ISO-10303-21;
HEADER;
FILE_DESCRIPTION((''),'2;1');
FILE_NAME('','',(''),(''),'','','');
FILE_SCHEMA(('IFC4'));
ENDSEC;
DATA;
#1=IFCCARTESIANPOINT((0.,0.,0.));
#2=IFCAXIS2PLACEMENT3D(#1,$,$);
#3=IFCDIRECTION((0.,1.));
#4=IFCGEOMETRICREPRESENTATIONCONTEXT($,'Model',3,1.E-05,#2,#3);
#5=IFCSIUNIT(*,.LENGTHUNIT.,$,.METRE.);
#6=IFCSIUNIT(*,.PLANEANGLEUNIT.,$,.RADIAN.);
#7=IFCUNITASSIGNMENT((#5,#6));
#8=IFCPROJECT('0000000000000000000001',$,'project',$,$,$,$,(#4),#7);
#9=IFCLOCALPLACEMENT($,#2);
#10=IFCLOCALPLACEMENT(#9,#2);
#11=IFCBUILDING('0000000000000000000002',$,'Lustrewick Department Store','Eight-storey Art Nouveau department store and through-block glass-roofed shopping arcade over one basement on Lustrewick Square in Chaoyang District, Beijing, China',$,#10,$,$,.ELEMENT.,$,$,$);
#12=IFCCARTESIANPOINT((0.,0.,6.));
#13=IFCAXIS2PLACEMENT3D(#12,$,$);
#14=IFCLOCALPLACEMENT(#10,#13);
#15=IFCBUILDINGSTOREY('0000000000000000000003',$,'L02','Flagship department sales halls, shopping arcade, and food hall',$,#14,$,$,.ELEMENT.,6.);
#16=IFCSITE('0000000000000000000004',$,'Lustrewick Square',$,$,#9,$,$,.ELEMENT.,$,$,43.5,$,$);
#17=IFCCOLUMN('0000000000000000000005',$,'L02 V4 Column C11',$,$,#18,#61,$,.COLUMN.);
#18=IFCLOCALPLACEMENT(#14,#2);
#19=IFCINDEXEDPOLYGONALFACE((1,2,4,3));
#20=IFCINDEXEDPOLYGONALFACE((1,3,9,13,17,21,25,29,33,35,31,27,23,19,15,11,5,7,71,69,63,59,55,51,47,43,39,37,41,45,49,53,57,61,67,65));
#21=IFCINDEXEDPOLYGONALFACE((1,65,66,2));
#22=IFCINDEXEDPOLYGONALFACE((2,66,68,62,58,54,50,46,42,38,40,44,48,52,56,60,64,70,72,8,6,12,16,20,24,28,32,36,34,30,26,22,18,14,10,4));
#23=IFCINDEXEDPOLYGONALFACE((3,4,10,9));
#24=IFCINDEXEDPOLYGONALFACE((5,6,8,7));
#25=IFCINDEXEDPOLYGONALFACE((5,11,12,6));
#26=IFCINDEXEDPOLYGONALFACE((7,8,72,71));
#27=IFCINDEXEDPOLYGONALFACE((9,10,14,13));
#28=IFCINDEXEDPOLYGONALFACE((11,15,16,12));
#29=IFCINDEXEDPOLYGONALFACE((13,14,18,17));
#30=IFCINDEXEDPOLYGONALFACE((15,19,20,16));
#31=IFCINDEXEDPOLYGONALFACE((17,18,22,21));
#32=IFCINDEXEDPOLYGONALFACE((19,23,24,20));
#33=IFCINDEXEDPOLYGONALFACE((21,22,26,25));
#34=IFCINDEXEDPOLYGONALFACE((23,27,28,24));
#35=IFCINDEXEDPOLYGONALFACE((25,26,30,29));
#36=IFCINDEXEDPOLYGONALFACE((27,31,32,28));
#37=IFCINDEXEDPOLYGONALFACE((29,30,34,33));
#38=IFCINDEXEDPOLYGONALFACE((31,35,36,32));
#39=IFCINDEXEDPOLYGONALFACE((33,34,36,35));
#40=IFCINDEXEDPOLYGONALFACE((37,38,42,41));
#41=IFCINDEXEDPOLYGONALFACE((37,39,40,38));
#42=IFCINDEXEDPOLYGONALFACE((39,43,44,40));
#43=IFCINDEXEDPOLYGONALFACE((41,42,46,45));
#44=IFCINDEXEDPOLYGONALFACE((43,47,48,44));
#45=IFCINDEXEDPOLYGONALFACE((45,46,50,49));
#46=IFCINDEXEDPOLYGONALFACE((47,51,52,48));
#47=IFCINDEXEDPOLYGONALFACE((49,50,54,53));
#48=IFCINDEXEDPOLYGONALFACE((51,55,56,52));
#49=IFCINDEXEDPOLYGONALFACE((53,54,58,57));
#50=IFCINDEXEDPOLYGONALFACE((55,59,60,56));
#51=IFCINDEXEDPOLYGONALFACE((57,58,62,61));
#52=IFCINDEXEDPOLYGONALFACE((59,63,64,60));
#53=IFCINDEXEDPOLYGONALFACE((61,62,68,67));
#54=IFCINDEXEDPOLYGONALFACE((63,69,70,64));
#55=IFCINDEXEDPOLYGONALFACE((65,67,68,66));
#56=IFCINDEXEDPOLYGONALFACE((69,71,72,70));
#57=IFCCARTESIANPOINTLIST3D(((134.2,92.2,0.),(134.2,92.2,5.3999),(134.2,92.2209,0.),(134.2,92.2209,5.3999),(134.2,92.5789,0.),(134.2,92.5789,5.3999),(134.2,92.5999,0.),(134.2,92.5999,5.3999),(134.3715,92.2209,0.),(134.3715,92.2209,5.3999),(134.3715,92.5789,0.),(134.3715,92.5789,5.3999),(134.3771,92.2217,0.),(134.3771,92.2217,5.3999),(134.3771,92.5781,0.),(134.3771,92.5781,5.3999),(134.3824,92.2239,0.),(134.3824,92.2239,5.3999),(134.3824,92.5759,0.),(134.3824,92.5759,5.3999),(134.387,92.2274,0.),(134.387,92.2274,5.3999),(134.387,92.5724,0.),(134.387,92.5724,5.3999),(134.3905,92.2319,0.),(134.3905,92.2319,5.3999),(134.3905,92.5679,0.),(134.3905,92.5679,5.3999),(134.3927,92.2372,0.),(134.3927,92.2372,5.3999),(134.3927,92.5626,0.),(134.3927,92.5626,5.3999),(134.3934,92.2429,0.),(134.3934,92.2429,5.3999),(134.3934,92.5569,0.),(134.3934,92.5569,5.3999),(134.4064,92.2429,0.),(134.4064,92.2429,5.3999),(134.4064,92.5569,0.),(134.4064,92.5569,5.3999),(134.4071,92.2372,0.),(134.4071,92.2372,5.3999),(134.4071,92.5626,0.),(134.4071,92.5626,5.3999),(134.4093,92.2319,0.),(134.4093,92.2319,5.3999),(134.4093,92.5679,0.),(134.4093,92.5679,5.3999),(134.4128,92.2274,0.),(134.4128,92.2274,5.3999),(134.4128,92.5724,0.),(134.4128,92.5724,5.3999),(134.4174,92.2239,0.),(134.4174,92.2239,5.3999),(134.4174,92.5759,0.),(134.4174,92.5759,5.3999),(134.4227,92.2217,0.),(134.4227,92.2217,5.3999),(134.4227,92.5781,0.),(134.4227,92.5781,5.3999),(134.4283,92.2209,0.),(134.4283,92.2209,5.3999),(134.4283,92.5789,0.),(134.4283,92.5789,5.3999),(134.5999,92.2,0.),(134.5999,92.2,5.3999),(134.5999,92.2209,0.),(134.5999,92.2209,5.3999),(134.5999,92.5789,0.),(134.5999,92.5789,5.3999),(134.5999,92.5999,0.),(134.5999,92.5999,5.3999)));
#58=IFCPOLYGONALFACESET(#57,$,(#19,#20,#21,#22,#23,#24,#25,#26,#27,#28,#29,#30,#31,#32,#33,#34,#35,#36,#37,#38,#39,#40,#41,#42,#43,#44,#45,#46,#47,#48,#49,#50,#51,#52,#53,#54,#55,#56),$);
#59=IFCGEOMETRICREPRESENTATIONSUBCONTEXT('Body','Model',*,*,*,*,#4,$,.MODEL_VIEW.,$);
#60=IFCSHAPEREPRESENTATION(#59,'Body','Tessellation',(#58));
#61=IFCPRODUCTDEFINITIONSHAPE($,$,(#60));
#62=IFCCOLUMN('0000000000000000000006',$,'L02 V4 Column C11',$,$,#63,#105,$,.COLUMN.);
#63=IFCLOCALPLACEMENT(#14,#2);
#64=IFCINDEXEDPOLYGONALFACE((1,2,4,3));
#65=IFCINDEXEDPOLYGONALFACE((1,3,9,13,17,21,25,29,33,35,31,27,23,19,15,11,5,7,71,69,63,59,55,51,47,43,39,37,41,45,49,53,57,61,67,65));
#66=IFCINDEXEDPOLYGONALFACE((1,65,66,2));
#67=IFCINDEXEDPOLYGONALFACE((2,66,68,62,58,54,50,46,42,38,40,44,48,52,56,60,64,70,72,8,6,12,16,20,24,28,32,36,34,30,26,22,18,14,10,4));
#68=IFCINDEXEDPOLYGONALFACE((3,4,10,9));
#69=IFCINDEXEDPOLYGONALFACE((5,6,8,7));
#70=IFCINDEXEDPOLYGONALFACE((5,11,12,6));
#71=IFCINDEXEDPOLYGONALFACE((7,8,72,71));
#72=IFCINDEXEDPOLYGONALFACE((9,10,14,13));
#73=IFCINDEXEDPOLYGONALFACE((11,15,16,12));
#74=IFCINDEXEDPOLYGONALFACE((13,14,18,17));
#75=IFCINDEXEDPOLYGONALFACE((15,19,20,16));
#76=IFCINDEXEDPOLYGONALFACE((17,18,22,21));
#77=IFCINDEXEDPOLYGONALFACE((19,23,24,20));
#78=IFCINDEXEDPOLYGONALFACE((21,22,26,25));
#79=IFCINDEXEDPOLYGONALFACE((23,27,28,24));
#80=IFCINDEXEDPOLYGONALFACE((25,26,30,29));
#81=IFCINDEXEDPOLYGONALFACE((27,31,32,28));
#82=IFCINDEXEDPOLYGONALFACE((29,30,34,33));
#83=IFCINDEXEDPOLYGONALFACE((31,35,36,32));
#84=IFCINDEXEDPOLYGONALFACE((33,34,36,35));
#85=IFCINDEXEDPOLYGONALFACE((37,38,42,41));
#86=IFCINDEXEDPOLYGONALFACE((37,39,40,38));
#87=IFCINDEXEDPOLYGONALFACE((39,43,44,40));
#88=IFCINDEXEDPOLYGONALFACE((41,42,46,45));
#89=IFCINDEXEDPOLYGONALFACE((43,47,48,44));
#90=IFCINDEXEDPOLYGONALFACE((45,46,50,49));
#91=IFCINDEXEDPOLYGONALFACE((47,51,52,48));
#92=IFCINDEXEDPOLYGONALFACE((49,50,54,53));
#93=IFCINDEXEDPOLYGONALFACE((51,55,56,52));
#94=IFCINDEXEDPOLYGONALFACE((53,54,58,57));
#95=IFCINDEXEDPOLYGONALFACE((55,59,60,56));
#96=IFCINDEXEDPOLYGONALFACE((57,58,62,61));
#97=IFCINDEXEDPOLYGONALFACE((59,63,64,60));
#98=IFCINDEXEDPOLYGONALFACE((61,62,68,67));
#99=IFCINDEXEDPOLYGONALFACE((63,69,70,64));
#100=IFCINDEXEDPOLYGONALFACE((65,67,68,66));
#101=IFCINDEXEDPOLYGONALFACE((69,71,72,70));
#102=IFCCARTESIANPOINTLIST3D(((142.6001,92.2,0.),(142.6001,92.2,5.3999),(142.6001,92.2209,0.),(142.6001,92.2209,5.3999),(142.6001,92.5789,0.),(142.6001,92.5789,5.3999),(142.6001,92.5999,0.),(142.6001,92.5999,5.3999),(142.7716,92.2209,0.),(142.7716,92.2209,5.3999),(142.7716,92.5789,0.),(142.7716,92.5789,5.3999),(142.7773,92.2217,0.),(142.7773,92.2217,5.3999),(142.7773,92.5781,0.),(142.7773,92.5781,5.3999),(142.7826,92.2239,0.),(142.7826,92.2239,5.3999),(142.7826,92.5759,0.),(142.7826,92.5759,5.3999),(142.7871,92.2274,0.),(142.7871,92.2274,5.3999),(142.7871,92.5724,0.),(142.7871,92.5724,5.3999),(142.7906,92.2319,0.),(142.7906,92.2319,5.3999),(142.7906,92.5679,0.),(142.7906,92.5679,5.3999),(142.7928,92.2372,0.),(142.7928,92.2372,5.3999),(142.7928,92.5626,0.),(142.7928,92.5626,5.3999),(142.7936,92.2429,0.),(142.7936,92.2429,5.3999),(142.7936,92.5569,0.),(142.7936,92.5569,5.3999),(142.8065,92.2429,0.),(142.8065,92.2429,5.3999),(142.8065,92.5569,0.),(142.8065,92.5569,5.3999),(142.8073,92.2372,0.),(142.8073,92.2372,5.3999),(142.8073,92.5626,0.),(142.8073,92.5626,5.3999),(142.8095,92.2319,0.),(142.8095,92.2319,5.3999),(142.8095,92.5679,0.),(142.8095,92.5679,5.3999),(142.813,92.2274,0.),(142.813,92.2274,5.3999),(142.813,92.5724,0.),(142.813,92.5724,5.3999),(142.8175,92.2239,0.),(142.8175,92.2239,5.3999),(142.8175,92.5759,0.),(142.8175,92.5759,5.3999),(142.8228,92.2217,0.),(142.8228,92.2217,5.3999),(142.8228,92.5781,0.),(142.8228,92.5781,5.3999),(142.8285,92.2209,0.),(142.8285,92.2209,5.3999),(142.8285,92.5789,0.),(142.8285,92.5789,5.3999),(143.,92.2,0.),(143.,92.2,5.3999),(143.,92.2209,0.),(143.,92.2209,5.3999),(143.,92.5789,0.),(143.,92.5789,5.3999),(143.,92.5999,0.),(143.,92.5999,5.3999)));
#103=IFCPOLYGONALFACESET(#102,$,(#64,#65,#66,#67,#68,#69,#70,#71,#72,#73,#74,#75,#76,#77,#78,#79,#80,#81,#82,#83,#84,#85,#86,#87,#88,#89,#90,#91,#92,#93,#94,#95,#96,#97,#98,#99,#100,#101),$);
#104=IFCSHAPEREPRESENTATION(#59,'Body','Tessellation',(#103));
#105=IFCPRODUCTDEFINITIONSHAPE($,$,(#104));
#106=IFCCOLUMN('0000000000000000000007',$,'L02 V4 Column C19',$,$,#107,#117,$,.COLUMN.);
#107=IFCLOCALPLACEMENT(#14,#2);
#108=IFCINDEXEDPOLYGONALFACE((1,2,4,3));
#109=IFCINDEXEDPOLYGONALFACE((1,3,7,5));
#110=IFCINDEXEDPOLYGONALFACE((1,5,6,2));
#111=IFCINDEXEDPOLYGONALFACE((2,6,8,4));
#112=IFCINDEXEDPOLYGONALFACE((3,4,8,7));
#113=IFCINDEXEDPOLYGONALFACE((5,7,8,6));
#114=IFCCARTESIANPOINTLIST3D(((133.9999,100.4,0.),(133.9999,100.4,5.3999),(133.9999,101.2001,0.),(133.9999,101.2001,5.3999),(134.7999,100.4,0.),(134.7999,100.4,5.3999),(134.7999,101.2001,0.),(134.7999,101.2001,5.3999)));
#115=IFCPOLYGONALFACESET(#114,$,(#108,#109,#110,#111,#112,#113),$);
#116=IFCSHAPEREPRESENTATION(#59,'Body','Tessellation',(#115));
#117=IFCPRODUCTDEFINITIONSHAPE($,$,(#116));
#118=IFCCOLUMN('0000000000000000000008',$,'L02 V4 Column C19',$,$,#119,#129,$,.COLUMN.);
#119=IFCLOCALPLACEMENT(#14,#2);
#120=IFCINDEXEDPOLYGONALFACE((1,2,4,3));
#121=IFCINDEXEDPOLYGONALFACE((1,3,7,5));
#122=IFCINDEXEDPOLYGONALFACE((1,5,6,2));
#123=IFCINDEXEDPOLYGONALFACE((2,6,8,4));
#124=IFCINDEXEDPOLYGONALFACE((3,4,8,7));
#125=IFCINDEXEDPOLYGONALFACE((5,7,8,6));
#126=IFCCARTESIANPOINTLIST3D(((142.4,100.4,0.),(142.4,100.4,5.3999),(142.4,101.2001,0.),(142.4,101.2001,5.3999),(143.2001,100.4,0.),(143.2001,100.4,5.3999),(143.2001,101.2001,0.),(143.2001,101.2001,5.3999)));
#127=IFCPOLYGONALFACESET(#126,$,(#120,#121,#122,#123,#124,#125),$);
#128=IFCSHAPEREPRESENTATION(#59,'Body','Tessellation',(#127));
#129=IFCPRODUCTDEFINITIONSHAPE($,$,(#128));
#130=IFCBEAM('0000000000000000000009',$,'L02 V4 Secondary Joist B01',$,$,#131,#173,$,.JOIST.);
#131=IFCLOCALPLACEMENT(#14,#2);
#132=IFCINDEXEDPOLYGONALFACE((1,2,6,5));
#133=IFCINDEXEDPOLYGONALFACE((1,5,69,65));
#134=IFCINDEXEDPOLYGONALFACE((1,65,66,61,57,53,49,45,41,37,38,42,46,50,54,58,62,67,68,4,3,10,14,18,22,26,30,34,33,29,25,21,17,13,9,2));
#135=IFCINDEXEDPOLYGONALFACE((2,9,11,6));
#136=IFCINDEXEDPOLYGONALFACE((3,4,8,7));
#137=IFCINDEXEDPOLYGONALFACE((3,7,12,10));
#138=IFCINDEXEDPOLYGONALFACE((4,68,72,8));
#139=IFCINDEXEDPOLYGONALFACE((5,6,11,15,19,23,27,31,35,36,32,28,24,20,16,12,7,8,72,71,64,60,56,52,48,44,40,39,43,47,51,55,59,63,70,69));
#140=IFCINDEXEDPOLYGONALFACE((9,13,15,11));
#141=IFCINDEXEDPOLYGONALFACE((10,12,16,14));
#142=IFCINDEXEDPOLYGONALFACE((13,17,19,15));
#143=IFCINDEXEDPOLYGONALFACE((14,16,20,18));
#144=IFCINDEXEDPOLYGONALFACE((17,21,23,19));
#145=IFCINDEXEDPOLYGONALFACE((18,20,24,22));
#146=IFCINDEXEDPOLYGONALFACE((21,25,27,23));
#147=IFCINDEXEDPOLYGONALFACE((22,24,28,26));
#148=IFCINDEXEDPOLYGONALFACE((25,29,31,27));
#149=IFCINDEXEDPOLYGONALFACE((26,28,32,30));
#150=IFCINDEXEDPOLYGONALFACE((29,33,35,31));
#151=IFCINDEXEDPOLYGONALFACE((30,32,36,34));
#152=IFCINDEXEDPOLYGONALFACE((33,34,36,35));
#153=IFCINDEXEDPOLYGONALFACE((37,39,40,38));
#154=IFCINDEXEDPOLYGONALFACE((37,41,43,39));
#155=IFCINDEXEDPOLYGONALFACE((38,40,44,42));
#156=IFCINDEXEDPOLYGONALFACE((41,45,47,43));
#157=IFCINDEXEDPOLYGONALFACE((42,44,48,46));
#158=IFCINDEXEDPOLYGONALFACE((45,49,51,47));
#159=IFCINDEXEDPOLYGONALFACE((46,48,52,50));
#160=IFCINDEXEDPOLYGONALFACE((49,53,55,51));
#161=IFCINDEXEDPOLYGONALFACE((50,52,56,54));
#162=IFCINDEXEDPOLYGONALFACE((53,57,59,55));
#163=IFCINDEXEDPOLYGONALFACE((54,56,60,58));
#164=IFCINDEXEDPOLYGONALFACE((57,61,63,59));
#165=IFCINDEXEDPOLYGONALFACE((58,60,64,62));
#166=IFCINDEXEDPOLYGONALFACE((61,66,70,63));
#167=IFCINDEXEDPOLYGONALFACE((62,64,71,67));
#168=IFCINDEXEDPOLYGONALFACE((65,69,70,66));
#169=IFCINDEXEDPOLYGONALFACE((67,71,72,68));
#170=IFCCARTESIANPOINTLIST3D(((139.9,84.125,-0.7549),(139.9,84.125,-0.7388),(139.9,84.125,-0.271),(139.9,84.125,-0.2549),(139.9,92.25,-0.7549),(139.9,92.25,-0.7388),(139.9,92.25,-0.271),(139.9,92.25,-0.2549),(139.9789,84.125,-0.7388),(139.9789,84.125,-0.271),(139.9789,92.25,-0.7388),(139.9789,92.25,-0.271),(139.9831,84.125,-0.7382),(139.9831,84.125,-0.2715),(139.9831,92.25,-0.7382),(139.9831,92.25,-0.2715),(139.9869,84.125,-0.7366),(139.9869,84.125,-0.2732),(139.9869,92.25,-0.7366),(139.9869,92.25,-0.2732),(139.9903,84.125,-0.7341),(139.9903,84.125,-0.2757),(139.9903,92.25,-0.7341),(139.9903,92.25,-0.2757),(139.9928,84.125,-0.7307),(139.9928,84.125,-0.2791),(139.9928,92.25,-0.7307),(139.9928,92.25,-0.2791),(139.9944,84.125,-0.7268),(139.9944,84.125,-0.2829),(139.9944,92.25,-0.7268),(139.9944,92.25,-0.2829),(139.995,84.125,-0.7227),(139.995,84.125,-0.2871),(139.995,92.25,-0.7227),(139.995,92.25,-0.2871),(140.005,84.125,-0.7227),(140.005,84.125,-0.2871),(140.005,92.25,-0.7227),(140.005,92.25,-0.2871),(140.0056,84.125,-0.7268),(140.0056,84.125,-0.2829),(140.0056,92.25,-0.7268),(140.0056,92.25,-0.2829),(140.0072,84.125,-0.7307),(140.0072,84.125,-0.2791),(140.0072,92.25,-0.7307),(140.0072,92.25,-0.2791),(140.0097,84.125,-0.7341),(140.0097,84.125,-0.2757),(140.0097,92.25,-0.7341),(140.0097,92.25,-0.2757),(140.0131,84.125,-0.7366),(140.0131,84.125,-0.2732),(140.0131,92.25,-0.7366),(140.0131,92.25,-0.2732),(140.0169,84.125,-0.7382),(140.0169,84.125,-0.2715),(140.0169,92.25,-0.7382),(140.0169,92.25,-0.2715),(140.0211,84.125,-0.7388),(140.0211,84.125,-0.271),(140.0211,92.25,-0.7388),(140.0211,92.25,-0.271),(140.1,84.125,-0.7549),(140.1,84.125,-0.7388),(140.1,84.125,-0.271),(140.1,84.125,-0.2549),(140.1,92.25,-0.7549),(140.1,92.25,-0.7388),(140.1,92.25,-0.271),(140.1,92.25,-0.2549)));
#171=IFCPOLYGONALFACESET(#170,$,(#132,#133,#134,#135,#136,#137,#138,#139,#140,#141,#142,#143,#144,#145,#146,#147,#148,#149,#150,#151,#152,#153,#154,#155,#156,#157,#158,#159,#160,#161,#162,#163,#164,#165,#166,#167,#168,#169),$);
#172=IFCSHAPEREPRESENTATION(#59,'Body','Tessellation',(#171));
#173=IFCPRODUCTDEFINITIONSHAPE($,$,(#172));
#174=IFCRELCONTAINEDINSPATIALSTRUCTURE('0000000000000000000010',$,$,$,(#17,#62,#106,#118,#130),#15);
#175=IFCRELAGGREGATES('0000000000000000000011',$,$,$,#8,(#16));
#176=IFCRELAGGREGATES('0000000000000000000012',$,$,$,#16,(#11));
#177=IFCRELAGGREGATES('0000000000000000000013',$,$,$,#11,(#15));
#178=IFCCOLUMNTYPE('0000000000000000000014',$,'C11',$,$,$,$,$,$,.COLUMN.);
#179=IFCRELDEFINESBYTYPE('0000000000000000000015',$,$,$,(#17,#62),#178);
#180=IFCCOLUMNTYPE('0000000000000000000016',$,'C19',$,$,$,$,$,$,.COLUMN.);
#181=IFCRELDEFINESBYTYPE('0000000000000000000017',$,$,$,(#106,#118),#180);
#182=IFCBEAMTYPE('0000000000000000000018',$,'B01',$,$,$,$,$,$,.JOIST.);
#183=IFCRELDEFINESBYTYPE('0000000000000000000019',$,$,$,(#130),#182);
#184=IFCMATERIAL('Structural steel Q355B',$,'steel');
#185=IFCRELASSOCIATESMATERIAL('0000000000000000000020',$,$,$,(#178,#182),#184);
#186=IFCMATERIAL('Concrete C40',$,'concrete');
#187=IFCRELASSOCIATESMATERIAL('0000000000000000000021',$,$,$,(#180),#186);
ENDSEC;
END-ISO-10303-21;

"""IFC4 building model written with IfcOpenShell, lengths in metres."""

from ifc_helpers import new_model, si_unit, direction, frame, origin, origin_2d, place, context, subcontext, project, spatial, rectangle, i_section, extrude, material, material_profile, profile_set, type_object, element, save


model = new_model("IFC4")

# Units and contexts
model_context = context("Model", 3, precision=1e-05, world=origin(), true_north=direction((0.0, 1.0)))
body_context = subcontext(model_context, "Body", "Model", "MODEL_VIEW")
ifc_project = project(units=[si_unit("LENGTHUNIT", "METRE"), si_unit("PLANEANGLEUNIT", "RADIAN")], contexts=[model_context])

# Site, building, storey
site_placement = place(None, origin())
site = spatial("IfcSite", under=ifc_project, at=site_placement, Name="Lustrewick Square", CompositionType="ELEMENT", RefElevation=43.5)
building_placement = place(site_placement, origin())
building = spatial("IfcBuilding", under=site, at=building_placement, Name="Lustrewick Department Store", Description="Eight-storey Art Nouveau department store and through-block glass-roofed shopping arcade over one basement on Lustrewick Square in Chaoyang District, Beijing, China", CompositionType="ELEMENT")
storey_placement = place(building_placement, frame((0.0, 0.0, 6.0)))
storey = spatial("IfcBuildingStorey", under=building, at=storey_placement, Name="L02", Description="Flagship department sales halls, shopping arcade, and food hall", CompositionType="ELEMENT", Elevation=6.0)

# Columns
ifc_material_1 = material(Name="Structural steel Q355B", Category="steel")
ifc_material_profile_1 = material_profile(ifc_material_1, i_section(OverallWidth=0.3999, OverallDepth=0.3999, WebThickness=0.0129, FlangeThickness=0.021, FilletRadius=0.022, at=origin_2d()), Name="HW 400x400x13x21")
ifc_profile_set_1 = profile_set([ifc_material_profile_1], Name="Structural steel Q355B")
column_type_1 = type_object("IfcColumnType", Name="C11", PredefinedType="COLUMN", material=ifc_profile_set_1)
for number, where, z_axis, x_axis, name in (
    (1, (134.3999, 92.3999, 0.0), (0.0, 0.0, 1.0), (1.0, 0.0, 0.0), "L02 V4 Column C11"),
    (2, (142.8, 92.3999, 0.0), (0.0, 0.0, 1.0), (1.0, 0.0, 0.0), "L02 V4 Column C11"),
):
    element("IfcColumn", number, at=place(storey_placement, frame(where, z_axis=z_axis, x_axis=x_axis)), inside=storey, type_object=column_type_1, Name=name, PredefinedType="COLUMN", context=body_context, shape_type="SweptSolid", body=[
        extrude(i_section(OverallWidth=0.3999, OverallDepth=0.3999, WebThickness=0.0129, FlangeThickness=0.021, FilletRadius=0.022, at=origin_2d()), origin(), (0.0, 0.0, 1.0), 5.3999),
    ])
ifc_material_2 = material(Name="Concrete C40", Category="concrete")
ifc_material_profile_2 = material_profile(ifc_material_2, rectangle(XDim=0.8, YDim=0.8, at=origin_2d()), Name="RC 800x800")
ifc_profile_set_2 = profile_set([ifc_material_profile_2], Name="Concrete C40")
column_type_2 = type_object("IfcColumnType", Name="C19", PredefinedType="COLUMN", material=ifc_profile_set_2)
for number, where, z_axis, x_axis, name in (
    (3, (134.3999, 100.8, 0.0), (0.0, 0.0, 1.0), (1.0, 0.0, 0.0), "L02 V4 Column C19"),
    (4, (142.8, 100.8, 0.0), (0.0, 0.0, 1.0), (1.0, 0.0, 0.0), "L02 V4 Column C19"),
):
    element("IfcColumn", number, at=place(storey_placement, frame(where, z_axis=z_axis, x_axis=x_axis)), inside=storey, type_object=column_type_2, Name=name, PredefinedType="COLUMN", context=body_context, shape_type="SweptSolid", body=[
        extrude(rectangle(XDim=0.8, YDim=0.8, at=origin_2d()), origin(), (0.0, 0.0, 1.0), 5.3999),
    ])

# Beam
ifc_material_profile_3 = material_profile(ifc_material_1, i_section(OverallWidth=0.2, OverallDepth=0.5, WebThickness=0.01, FlangeThickness=0.0161, FilletRadius=0.0161, at=origin_2d()), Name="HN 500x200x10x16")
ifc_profile_set_3 = profile_set([ifc_material_profile_3], Name="Structural steel Q355B")
beam_type_1 = type_object("IfcBeamType", Name="B01", PredefinedType="JOIST", material=ifc_profile_set_3)
for number, where, z_axis, x_axis, name in (
    (5, (140.0, 84.125, -0.5049), (0.0, 1.0, 0.0), (-1.0, 0.0, 0.0), "L02 V4 Secondary Joist B01"),
):
    element("IfcBeam", number, at=place(storey_placement, frame(where, z_axis=z_axis, x_axis=x_axis)), inside=storey, type_object=beam_type_1, Name=name, PredefinedType="JOIST", context=body_context, shape_type="SweptSolid", body=[
        extrude(i_section(OverallWidth=0.2, OverallDepth=0.5, WebThickness=0.01, FlangeThickness=0.0161, FilletRadius=0.0161, at=origin_2d()), origin(), (0.0, 0.0, 1.0), 8.125),
    ])

save(model, "model.ifc")
